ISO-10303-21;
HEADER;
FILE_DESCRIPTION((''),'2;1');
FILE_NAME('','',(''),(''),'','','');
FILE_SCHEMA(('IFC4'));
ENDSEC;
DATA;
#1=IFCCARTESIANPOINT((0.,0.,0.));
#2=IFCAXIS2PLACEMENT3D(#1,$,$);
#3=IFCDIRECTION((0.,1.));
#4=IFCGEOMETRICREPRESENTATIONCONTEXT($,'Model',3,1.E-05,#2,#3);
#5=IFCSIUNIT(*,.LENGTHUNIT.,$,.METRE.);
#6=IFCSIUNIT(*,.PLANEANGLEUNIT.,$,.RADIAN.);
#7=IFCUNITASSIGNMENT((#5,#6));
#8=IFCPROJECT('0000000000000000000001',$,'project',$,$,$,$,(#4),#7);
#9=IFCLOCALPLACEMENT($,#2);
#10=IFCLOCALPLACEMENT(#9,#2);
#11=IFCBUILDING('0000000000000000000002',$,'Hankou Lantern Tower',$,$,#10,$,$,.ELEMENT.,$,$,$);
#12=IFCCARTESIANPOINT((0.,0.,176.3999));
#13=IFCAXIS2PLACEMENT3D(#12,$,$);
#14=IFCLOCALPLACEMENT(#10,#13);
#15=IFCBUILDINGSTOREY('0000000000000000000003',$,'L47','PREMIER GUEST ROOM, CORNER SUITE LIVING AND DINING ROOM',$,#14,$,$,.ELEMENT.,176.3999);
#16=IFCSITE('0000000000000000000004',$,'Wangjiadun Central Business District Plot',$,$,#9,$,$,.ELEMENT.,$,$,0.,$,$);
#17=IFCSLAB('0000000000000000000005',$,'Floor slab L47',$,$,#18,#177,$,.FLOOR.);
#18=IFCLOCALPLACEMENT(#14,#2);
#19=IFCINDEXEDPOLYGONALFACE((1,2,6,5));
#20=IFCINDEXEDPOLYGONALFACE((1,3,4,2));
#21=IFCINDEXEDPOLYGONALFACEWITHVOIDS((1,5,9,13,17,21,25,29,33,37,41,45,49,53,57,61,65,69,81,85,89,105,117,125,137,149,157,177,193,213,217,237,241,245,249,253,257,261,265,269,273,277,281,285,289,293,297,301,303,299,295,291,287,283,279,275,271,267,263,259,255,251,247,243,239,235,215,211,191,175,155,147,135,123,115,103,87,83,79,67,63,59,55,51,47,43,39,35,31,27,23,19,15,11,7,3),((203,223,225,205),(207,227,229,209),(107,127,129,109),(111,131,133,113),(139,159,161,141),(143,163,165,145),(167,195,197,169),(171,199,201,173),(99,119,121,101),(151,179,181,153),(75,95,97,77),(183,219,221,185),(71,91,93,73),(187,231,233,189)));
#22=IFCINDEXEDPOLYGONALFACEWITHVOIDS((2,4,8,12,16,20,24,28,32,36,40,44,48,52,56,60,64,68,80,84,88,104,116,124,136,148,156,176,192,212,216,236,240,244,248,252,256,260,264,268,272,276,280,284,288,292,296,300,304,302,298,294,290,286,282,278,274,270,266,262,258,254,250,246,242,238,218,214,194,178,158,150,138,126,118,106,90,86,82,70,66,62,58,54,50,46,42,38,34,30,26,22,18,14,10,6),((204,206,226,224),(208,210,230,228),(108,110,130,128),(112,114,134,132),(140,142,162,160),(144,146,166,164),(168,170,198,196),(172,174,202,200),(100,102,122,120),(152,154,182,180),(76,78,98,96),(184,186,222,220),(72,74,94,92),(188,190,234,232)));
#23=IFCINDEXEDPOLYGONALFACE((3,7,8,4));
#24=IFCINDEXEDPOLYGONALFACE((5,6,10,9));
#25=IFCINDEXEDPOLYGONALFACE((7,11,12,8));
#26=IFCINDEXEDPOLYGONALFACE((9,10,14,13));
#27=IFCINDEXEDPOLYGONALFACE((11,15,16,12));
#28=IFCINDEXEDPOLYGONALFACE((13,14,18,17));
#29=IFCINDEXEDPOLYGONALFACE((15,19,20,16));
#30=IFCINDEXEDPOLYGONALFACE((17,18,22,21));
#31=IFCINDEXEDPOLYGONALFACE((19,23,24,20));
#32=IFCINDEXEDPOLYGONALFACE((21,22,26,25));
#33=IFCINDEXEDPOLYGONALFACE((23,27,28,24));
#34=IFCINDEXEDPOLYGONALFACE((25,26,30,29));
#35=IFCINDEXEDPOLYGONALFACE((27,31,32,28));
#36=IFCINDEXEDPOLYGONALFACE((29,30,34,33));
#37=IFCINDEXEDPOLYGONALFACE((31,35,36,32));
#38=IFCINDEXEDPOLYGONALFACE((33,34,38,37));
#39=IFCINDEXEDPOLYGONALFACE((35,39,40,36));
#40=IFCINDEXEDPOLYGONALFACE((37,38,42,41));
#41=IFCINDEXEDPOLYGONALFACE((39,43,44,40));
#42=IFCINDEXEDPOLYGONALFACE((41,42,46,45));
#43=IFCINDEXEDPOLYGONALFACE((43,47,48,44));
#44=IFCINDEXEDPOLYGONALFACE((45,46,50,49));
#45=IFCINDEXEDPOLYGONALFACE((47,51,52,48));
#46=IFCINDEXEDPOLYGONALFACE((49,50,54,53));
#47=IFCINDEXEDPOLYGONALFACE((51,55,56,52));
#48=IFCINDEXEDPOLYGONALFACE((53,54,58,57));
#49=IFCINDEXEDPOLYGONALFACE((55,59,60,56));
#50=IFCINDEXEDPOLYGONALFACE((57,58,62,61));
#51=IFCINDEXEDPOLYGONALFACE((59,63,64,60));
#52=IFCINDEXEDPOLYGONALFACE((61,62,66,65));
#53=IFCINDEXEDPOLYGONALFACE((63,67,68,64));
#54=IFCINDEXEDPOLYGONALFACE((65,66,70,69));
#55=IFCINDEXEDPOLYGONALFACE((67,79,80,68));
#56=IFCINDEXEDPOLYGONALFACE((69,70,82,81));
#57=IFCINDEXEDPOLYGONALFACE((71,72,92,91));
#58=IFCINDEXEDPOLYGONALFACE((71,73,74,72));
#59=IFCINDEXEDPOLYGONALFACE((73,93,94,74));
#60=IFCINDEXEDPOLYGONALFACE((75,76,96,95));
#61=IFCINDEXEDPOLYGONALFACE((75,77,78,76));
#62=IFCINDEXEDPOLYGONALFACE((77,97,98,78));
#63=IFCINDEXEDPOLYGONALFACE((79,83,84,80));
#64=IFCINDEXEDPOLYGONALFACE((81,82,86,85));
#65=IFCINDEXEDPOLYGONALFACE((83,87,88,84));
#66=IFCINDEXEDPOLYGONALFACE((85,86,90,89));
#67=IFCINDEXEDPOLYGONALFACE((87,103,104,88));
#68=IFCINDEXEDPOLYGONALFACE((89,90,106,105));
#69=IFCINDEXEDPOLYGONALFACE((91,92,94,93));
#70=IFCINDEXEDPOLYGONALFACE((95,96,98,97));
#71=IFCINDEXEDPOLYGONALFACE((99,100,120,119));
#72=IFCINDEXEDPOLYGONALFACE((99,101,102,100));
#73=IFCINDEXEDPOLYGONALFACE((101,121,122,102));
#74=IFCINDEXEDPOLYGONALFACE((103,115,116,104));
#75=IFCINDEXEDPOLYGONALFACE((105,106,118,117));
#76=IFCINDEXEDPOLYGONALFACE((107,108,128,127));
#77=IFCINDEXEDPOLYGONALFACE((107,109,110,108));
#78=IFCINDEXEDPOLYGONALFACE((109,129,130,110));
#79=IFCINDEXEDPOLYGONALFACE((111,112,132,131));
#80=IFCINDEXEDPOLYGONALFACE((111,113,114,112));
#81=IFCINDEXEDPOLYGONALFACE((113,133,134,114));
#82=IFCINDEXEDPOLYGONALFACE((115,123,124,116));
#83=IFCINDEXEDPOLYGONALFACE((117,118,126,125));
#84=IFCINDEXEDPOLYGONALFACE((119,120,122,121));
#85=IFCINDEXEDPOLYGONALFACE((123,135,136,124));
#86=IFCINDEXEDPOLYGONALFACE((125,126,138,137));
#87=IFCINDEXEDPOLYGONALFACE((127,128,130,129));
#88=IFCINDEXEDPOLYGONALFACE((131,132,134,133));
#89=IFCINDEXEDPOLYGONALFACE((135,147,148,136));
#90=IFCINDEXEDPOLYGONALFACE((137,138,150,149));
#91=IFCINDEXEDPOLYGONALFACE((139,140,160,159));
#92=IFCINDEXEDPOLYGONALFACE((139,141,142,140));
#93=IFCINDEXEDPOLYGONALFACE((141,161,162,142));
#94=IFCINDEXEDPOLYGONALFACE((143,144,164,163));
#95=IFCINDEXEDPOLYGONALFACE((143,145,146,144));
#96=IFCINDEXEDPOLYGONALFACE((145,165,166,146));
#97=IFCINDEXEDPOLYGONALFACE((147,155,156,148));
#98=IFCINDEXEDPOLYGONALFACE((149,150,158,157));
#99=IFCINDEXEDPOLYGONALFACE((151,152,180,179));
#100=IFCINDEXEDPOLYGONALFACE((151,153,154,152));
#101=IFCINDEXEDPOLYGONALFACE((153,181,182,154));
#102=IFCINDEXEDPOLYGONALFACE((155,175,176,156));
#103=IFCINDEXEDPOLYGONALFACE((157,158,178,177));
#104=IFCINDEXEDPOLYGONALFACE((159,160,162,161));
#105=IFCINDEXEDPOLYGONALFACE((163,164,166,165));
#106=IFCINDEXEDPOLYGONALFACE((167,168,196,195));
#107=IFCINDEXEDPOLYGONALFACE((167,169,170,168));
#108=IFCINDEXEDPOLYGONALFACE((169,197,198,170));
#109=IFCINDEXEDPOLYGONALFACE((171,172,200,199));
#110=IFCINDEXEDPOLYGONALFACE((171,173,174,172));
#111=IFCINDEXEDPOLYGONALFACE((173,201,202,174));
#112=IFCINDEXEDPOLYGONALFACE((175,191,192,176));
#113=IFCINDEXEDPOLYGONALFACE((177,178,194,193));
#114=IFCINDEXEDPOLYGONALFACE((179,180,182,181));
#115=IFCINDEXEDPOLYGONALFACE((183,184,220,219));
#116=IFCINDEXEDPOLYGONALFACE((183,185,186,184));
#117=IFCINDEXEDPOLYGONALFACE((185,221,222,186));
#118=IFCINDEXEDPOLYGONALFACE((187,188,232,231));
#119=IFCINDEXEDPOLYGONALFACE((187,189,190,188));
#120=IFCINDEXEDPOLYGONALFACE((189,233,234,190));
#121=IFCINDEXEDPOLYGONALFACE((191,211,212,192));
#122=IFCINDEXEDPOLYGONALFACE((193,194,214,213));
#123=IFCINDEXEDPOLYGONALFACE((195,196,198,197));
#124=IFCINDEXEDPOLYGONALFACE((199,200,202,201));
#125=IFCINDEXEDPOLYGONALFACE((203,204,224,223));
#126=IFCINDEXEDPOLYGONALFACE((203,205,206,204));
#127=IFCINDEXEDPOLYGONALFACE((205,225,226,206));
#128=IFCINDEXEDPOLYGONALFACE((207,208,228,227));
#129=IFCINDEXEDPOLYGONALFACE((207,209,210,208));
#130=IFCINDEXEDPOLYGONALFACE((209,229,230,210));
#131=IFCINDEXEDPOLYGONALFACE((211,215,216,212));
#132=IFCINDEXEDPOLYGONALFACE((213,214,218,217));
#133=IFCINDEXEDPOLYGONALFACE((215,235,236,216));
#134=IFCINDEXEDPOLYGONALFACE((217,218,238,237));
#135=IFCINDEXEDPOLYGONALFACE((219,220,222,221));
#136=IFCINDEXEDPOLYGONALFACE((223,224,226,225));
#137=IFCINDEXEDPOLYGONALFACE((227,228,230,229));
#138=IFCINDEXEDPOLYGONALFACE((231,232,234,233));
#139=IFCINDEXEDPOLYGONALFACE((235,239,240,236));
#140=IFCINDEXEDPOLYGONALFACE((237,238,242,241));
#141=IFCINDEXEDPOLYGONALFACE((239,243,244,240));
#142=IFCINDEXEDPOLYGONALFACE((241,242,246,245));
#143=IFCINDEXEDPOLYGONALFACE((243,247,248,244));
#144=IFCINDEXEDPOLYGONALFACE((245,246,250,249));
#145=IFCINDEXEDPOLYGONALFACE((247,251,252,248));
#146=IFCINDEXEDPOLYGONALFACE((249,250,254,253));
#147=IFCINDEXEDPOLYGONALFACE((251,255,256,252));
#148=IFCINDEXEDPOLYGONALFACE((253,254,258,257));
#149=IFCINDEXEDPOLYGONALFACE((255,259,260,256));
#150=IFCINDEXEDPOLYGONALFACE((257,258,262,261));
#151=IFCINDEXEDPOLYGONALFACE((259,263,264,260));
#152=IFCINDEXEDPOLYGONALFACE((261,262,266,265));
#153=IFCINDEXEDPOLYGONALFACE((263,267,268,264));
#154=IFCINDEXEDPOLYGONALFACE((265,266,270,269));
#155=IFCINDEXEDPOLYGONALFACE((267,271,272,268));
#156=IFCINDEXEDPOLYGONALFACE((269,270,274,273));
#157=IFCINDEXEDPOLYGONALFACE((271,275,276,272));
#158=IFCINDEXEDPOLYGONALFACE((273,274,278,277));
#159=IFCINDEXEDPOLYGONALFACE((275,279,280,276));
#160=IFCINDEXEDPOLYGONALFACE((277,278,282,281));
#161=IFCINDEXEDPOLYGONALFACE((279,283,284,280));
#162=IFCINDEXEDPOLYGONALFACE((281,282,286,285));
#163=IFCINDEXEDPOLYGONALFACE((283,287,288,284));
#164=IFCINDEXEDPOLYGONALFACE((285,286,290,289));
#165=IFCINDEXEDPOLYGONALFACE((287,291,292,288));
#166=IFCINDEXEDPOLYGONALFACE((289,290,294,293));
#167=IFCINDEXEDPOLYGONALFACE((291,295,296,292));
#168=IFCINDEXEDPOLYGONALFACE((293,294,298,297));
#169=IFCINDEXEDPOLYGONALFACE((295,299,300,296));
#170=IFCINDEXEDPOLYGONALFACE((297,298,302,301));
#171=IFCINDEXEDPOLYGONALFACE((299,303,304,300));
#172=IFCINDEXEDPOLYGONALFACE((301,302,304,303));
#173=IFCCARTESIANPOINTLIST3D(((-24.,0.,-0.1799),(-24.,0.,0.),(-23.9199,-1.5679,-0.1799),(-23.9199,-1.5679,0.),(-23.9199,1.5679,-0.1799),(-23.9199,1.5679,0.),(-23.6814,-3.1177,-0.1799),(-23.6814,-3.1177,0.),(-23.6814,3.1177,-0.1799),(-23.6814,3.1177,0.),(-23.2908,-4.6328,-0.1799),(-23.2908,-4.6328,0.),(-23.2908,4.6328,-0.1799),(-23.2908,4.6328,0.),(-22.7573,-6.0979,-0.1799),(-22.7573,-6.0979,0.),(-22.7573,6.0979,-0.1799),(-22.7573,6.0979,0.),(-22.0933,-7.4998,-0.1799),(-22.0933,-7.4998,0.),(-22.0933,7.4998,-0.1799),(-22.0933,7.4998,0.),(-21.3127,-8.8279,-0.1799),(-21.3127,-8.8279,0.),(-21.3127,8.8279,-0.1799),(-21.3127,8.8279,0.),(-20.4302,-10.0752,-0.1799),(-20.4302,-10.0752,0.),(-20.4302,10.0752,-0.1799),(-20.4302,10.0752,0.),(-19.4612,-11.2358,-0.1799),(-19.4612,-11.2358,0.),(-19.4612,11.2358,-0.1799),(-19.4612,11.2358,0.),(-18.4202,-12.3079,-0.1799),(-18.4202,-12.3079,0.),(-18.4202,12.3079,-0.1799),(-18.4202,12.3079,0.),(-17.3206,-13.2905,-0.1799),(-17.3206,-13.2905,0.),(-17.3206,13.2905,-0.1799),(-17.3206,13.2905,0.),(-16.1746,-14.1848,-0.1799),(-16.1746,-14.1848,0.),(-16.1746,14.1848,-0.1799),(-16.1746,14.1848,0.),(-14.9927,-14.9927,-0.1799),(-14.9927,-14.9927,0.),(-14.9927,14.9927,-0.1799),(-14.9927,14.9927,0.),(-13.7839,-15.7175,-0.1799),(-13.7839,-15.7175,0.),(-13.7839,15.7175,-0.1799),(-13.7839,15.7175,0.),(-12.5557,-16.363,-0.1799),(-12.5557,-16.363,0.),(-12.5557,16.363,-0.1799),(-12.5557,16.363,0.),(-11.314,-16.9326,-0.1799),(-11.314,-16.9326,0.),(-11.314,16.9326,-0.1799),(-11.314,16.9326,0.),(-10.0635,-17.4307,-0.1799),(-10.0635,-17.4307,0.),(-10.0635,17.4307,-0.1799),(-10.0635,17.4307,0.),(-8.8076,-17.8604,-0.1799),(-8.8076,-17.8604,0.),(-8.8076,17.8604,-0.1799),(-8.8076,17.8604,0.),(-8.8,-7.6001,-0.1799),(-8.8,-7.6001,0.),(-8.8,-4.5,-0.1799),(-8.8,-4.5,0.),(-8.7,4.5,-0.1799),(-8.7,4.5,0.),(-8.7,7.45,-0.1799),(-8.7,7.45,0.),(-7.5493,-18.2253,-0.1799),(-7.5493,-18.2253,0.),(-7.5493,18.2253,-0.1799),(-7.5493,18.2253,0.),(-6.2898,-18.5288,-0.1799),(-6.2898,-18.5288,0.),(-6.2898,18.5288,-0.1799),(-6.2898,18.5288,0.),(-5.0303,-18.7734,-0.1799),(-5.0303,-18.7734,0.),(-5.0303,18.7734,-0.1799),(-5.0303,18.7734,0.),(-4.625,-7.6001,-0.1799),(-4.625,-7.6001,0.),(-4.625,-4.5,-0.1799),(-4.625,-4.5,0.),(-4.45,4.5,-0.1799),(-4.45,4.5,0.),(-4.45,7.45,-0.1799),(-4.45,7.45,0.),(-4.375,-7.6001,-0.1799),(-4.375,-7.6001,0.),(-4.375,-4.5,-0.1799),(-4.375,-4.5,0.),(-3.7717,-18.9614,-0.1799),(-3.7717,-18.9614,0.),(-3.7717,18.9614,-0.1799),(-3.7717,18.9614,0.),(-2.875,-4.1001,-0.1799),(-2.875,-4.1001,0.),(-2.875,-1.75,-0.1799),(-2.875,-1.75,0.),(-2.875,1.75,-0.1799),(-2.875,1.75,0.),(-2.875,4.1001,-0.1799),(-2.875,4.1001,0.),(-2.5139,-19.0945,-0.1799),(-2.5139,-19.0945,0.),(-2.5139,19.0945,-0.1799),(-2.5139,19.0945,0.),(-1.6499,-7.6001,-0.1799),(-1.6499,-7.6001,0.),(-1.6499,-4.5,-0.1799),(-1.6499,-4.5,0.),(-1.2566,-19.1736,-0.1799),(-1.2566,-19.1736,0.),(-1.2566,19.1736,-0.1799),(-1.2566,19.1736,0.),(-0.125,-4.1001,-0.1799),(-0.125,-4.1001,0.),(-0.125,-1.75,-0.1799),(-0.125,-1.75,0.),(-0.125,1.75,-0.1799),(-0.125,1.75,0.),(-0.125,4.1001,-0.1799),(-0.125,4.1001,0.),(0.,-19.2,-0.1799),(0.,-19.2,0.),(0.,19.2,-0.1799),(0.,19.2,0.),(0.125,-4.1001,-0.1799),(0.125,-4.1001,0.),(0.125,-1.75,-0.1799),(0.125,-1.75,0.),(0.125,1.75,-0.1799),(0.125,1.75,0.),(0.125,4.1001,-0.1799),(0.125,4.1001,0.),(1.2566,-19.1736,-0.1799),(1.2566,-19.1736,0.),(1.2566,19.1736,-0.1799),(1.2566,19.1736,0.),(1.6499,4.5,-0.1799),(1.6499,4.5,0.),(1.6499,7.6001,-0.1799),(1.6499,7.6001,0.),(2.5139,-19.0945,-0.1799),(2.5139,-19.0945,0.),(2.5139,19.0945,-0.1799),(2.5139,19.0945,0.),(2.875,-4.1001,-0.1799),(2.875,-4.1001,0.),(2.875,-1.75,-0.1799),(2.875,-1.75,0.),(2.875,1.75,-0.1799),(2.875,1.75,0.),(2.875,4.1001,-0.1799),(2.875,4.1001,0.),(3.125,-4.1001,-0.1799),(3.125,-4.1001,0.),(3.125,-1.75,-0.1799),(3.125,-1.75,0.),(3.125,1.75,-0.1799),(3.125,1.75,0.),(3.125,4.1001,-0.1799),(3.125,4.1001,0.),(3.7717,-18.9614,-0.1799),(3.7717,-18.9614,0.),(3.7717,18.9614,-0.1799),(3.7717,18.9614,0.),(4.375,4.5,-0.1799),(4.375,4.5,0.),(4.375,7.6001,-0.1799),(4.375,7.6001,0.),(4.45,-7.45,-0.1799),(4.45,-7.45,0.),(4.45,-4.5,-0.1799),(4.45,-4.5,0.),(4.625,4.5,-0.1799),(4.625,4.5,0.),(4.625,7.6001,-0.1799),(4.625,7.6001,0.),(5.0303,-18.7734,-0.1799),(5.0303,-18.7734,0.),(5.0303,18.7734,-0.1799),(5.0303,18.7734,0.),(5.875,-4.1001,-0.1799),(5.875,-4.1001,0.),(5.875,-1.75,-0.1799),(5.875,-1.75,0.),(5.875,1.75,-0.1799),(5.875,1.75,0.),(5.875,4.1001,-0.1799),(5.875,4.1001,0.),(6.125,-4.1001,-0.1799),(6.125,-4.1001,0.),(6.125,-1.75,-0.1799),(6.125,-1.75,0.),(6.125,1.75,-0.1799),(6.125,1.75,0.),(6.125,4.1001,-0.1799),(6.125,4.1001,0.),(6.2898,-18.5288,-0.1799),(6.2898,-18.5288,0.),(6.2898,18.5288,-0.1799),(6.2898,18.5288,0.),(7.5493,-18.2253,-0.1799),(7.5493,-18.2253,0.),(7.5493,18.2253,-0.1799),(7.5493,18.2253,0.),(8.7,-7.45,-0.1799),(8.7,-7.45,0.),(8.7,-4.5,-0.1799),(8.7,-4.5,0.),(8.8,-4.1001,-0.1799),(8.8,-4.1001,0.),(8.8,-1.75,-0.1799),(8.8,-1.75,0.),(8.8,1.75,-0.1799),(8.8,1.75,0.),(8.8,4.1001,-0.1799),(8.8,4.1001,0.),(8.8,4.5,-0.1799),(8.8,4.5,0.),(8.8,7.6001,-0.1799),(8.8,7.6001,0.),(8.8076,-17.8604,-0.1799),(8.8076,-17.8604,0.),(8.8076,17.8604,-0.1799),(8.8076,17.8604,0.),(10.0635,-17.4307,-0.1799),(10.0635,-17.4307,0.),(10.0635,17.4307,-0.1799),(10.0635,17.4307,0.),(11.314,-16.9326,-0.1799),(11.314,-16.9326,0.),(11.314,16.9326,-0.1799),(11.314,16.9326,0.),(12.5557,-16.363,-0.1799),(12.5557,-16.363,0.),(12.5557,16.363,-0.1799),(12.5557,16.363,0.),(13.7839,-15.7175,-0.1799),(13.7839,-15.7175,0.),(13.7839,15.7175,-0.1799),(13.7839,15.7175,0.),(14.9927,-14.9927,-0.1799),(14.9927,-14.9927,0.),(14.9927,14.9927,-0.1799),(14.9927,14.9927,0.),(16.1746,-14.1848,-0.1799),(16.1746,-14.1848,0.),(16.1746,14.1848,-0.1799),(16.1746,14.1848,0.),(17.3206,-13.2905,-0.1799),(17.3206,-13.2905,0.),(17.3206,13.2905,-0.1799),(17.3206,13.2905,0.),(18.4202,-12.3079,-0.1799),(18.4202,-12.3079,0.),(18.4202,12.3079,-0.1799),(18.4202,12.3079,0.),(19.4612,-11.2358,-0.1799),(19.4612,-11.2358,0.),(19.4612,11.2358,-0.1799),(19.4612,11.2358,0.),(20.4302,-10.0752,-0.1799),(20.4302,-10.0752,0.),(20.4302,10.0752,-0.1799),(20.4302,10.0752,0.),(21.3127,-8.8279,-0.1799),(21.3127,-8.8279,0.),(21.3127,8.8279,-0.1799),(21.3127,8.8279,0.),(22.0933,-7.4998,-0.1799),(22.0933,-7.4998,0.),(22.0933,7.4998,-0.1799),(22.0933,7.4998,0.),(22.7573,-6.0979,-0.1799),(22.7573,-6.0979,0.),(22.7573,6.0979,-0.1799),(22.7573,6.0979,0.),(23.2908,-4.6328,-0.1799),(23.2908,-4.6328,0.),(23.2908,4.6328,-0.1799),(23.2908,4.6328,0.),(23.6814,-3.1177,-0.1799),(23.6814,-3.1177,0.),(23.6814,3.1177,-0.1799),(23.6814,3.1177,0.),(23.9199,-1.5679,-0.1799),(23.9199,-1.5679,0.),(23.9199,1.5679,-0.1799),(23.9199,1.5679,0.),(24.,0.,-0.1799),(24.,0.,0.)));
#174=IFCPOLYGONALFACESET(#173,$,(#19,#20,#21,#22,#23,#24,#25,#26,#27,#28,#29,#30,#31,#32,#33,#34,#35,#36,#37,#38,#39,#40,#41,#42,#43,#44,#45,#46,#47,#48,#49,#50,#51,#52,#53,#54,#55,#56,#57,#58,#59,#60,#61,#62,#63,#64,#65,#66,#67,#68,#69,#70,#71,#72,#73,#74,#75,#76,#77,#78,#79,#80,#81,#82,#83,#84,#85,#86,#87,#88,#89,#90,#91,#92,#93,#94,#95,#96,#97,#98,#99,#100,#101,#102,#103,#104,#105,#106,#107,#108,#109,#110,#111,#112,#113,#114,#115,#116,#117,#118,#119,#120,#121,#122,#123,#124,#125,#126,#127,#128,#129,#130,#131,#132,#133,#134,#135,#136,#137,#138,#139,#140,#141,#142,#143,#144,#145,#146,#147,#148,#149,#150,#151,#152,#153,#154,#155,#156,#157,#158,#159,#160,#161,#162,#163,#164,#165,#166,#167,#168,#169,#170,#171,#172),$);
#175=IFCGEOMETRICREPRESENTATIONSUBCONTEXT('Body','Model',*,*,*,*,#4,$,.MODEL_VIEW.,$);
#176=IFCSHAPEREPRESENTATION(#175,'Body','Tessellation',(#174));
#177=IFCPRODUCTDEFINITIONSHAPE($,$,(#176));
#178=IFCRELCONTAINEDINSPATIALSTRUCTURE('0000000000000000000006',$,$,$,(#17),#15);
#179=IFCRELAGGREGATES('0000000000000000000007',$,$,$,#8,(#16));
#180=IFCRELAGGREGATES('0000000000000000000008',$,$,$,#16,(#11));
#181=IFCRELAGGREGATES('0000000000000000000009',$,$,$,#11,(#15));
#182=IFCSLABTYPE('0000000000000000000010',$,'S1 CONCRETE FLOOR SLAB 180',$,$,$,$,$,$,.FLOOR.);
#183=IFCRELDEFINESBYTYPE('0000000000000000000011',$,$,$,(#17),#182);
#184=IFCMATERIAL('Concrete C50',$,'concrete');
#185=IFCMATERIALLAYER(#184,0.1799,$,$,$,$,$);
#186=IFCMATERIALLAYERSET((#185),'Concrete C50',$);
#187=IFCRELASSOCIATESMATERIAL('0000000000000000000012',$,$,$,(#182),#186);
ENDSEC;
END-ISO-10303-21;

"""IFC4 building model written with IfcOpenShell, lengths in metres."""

from ifc_helpers import new_model, si_unit, direction, frame, origin, place, context, subcontext, project, spatial, polyline, outline, extrude, material, layer, layer_set, type_object, element, save


model = new_model("IFC4")

# Units and contexts
model_context = context("Model", 3, precision=1e-05, world=origin(), true_north=direction((0.0, 1.0)))
body_context = subcontext(model_context, "Body", "Model", "MODEL_VIEW")
ifc_project = project(units=[si_unit("LENGTHUNIT", "METRE"), si_unit("PLANEANGLEUNIT", "RADIAN")], contexts=[model_context])

# Site, building, storey
site_placement = place(None, origin())
site = spatial("IfcSite", under=ifc_project, at=site_placement, Name="Wangjiadun Central Business District Plot", CompositionType="ELEMENT", RefElevation=0.0)
building_placement = place(site_placement, origin())
building = spatial("IfcBuilding", under=site, at=building_placement, Name="Hankou Lantern Tower", CompositionType="ELEMENT")
storey_placement = place(building_placement, frame((0.0, 0.0, 176.3999)))
storey = spatial("IfcBuildingStorey", under=building, at=storey_placement, Name="L47", Description="PREMIER GUEST ROOM, CORNER SUITE LIVING AND DINING ROOM", CompositionType="ELEMENT", Elevation=176.3999)

# Slab
ifc_material_1 = material(Name="Concrete C50", Category="concrete")
ifc_layer_1 = layer(ifc_material_1, 0.1799)
ifc_layer_set_1 = layer_set([ifc_layer_1], Name="Concrete C50")
slab_type = type_object("IfcSlabType", Name="S1 CONCRETE FLOOR SLAB 180", PredefinedType="FLOOR", material=ifc_layer_set_1)
slab_placement = place(storey_placement, frame((0.0, 0.0, -0.1799)))
element("IfcSlab", 1, at=slab_placement, inside=storey, type_object=slab_type, Name="Floor slab L47", PredefinedType="FLOOR", context=body_context, shape_type="SweptSolid", body=[
    extrude(outline(polyline([(24.0, 0.0), (23.9199, 1.5679), (23.6814, 3.1177), (23.2908, 4.6328), (22.7573, 6.0979), (22.0933, 7.4998), (21.3127, 8.8279), (20.4302, 10.0752), (19.4612, 11.2358), (18.4202, 12.3079), (17.3206, 13.2905), (16.1746, 14.1848), (14.9927, 14.9927), (13.7839, 15.7175), (12.5557, 16.363), (11.314, 16.9326), (10.0635, 17.4307), (8.8076, 17.8604), (7.5493, 18.2253), (6.2898, 18.5288), (5.0303, 18.7734), (3.7717, 18.9614), (2.5139, 19.0945), (1.2566, 19.1736), (0.0, 19.2), (-1.2566, 19.1736), (-2.5139, 19.0945), (-3.7717, 18.9614), (-5.0303, 18.7734), (-6.2898, 18.5288), (-7.5493, 18.2253), (-8.8076, 17.8604), (-10.0635, 17.4307), (-11.314, 16.9326), (-12.5557, 16.363), (-13.7839, 15.7175), (-14.9927, 14.9927), (-16.1746, 14.1848), (-17.3206, 13.2905), (-18.4202, 12.3079), (-19.4612, 11.2358), (-20.4302, 10.0752), (-21.3127, 8.8279), (-22.0933, 7.4998), (-22.7573, 6.0979), (-23.2908, 4.6328), (-23.6814, 3.1177), (-23.9199, 1.5679), (-24.0, 0.0), (-23.9199, -1.5679), (-23.6814, -3.1177), (-23.2908, -4.6328), (-22.7573, -6.0979), (-22.0933, -7.4998), (-21.3127, -8.8279), (-20.4302, -10.0752), (-19.4612, -11.2358), (-18.4202, -12.3079), (-17.3206, -13.2905), (-16.1746, -14.1848), (-14.9927, -14.9927), (-13.7839, -15.7175), (-12.5557, -16.363), (-11.314, -16.9326), (-10.0635, -17.4307), (-8.8076, -17.8604), (-7.5493, -18.2253), (-6.2898, -18.5288), (-5.0303, -18.7734), (-3.7717, -18.9614), (-2.5139, -19.0945), (-1.2566, -19.1736), (0.0, -19.2), (1.2566, -19.1736), (2.5139, -19.0945), (3.7717, -18.9614), (5.0303, -18.7734), (6.2898, -18.5288), (7.5493, -18.2253), (8.8076, -17.8604), (10.0635, -17.4307), (11.314, -16.9326), (12.5557, -16.363), (13.7839, -15.7175), (14.9927, -14.9927), (16.1746, -14.1848), (17.3206, -13.2905), (18.4202, -12.3079), (19.4612, -11.2358), (20.4302, -10.0752), (21.3127, -8.8279), (22.0933, -7.4998), (22.7573, -6.0979), (23.2908, -4.6328), (23.6814, -3.1177), (23.9199, -1.5679), (24.0, 0.0)]), holes=[polyline([(-2.875, 4.1001), (-0.125, 4.1001), (-0.125, 1.75), (-2.875, 1.75), (-2.875, 4.1001)]), polyline([(0.125, 4.1001), (2.875, 4.1001), (2.875, 1.75), (0.125, 1.75), (0.125, 4.1001)]), polyline([(3.125, 4.1001), (5.875, 4.1001), (5.875, 1.75), (3.125, 1.75), (3.125, 4.1001)]), polyline([(6.125, 4.1001), (8.8, 4.1001), (8.8, 1.75), (6.125, 1.75), (6.125, 4.1001)]), polyline([(-2.875, -1.75), (-0.125, -1.75), (-0.125, -4.1001), (-2.875, -4.1001), (-2.875, -1.75)]), polyline([(0.125, -1.75), (2.875, -1.75), (2.875, -4.1001), (0.125, -4.1001), (0.125, -1.75)]), polyline([(3.125, -1.75), (5.875, -1.75), (5.875, -4.1001), (3.125, -4.1001), (3.125, -1.75)]), polyline([(6.125, -1.75), (8.8, -1.75), (8.8, -4.1001), (6.125, -4.1001), (6.125, -1.75)]), polyline([(1.6499, 7.6001), (4.375, 7.6001), (4.375, 4.5), (1.6499, 4.5), (1.6499, 7.6001)]), polyline([(-4.375, -4.5), (-1.6499, -4.5), (-1.6499, -7.6001), (-4.375, -7.6001), (-4.375, -4.5)]), polyline([(-8.7, 7.45), (-4.45, 7.45), (-4.45, 4.5), (-8.7, 4.5), (-8.7, 7.45)]), polyline([(4.45, -4.5), (8.7, -4.5), (8.7, -7.45), (4.45, -7.45), (4.45, -4.5)]), polyline([(4.625, 7.6001), (8.8, 7.6001), (8.8, 4.5), (4.625, 4.5), (4.625, 7.6001)]), polyline([(-8.8, -4.5), (-4.625, -4.5), (-4.625, -7.6001), (-8.8, -7.6001), (-8.8, -4.5)])]), origin(), (0.0, 0.0, 1.0), 0.1799),
])

save(model, "model.ifc")
